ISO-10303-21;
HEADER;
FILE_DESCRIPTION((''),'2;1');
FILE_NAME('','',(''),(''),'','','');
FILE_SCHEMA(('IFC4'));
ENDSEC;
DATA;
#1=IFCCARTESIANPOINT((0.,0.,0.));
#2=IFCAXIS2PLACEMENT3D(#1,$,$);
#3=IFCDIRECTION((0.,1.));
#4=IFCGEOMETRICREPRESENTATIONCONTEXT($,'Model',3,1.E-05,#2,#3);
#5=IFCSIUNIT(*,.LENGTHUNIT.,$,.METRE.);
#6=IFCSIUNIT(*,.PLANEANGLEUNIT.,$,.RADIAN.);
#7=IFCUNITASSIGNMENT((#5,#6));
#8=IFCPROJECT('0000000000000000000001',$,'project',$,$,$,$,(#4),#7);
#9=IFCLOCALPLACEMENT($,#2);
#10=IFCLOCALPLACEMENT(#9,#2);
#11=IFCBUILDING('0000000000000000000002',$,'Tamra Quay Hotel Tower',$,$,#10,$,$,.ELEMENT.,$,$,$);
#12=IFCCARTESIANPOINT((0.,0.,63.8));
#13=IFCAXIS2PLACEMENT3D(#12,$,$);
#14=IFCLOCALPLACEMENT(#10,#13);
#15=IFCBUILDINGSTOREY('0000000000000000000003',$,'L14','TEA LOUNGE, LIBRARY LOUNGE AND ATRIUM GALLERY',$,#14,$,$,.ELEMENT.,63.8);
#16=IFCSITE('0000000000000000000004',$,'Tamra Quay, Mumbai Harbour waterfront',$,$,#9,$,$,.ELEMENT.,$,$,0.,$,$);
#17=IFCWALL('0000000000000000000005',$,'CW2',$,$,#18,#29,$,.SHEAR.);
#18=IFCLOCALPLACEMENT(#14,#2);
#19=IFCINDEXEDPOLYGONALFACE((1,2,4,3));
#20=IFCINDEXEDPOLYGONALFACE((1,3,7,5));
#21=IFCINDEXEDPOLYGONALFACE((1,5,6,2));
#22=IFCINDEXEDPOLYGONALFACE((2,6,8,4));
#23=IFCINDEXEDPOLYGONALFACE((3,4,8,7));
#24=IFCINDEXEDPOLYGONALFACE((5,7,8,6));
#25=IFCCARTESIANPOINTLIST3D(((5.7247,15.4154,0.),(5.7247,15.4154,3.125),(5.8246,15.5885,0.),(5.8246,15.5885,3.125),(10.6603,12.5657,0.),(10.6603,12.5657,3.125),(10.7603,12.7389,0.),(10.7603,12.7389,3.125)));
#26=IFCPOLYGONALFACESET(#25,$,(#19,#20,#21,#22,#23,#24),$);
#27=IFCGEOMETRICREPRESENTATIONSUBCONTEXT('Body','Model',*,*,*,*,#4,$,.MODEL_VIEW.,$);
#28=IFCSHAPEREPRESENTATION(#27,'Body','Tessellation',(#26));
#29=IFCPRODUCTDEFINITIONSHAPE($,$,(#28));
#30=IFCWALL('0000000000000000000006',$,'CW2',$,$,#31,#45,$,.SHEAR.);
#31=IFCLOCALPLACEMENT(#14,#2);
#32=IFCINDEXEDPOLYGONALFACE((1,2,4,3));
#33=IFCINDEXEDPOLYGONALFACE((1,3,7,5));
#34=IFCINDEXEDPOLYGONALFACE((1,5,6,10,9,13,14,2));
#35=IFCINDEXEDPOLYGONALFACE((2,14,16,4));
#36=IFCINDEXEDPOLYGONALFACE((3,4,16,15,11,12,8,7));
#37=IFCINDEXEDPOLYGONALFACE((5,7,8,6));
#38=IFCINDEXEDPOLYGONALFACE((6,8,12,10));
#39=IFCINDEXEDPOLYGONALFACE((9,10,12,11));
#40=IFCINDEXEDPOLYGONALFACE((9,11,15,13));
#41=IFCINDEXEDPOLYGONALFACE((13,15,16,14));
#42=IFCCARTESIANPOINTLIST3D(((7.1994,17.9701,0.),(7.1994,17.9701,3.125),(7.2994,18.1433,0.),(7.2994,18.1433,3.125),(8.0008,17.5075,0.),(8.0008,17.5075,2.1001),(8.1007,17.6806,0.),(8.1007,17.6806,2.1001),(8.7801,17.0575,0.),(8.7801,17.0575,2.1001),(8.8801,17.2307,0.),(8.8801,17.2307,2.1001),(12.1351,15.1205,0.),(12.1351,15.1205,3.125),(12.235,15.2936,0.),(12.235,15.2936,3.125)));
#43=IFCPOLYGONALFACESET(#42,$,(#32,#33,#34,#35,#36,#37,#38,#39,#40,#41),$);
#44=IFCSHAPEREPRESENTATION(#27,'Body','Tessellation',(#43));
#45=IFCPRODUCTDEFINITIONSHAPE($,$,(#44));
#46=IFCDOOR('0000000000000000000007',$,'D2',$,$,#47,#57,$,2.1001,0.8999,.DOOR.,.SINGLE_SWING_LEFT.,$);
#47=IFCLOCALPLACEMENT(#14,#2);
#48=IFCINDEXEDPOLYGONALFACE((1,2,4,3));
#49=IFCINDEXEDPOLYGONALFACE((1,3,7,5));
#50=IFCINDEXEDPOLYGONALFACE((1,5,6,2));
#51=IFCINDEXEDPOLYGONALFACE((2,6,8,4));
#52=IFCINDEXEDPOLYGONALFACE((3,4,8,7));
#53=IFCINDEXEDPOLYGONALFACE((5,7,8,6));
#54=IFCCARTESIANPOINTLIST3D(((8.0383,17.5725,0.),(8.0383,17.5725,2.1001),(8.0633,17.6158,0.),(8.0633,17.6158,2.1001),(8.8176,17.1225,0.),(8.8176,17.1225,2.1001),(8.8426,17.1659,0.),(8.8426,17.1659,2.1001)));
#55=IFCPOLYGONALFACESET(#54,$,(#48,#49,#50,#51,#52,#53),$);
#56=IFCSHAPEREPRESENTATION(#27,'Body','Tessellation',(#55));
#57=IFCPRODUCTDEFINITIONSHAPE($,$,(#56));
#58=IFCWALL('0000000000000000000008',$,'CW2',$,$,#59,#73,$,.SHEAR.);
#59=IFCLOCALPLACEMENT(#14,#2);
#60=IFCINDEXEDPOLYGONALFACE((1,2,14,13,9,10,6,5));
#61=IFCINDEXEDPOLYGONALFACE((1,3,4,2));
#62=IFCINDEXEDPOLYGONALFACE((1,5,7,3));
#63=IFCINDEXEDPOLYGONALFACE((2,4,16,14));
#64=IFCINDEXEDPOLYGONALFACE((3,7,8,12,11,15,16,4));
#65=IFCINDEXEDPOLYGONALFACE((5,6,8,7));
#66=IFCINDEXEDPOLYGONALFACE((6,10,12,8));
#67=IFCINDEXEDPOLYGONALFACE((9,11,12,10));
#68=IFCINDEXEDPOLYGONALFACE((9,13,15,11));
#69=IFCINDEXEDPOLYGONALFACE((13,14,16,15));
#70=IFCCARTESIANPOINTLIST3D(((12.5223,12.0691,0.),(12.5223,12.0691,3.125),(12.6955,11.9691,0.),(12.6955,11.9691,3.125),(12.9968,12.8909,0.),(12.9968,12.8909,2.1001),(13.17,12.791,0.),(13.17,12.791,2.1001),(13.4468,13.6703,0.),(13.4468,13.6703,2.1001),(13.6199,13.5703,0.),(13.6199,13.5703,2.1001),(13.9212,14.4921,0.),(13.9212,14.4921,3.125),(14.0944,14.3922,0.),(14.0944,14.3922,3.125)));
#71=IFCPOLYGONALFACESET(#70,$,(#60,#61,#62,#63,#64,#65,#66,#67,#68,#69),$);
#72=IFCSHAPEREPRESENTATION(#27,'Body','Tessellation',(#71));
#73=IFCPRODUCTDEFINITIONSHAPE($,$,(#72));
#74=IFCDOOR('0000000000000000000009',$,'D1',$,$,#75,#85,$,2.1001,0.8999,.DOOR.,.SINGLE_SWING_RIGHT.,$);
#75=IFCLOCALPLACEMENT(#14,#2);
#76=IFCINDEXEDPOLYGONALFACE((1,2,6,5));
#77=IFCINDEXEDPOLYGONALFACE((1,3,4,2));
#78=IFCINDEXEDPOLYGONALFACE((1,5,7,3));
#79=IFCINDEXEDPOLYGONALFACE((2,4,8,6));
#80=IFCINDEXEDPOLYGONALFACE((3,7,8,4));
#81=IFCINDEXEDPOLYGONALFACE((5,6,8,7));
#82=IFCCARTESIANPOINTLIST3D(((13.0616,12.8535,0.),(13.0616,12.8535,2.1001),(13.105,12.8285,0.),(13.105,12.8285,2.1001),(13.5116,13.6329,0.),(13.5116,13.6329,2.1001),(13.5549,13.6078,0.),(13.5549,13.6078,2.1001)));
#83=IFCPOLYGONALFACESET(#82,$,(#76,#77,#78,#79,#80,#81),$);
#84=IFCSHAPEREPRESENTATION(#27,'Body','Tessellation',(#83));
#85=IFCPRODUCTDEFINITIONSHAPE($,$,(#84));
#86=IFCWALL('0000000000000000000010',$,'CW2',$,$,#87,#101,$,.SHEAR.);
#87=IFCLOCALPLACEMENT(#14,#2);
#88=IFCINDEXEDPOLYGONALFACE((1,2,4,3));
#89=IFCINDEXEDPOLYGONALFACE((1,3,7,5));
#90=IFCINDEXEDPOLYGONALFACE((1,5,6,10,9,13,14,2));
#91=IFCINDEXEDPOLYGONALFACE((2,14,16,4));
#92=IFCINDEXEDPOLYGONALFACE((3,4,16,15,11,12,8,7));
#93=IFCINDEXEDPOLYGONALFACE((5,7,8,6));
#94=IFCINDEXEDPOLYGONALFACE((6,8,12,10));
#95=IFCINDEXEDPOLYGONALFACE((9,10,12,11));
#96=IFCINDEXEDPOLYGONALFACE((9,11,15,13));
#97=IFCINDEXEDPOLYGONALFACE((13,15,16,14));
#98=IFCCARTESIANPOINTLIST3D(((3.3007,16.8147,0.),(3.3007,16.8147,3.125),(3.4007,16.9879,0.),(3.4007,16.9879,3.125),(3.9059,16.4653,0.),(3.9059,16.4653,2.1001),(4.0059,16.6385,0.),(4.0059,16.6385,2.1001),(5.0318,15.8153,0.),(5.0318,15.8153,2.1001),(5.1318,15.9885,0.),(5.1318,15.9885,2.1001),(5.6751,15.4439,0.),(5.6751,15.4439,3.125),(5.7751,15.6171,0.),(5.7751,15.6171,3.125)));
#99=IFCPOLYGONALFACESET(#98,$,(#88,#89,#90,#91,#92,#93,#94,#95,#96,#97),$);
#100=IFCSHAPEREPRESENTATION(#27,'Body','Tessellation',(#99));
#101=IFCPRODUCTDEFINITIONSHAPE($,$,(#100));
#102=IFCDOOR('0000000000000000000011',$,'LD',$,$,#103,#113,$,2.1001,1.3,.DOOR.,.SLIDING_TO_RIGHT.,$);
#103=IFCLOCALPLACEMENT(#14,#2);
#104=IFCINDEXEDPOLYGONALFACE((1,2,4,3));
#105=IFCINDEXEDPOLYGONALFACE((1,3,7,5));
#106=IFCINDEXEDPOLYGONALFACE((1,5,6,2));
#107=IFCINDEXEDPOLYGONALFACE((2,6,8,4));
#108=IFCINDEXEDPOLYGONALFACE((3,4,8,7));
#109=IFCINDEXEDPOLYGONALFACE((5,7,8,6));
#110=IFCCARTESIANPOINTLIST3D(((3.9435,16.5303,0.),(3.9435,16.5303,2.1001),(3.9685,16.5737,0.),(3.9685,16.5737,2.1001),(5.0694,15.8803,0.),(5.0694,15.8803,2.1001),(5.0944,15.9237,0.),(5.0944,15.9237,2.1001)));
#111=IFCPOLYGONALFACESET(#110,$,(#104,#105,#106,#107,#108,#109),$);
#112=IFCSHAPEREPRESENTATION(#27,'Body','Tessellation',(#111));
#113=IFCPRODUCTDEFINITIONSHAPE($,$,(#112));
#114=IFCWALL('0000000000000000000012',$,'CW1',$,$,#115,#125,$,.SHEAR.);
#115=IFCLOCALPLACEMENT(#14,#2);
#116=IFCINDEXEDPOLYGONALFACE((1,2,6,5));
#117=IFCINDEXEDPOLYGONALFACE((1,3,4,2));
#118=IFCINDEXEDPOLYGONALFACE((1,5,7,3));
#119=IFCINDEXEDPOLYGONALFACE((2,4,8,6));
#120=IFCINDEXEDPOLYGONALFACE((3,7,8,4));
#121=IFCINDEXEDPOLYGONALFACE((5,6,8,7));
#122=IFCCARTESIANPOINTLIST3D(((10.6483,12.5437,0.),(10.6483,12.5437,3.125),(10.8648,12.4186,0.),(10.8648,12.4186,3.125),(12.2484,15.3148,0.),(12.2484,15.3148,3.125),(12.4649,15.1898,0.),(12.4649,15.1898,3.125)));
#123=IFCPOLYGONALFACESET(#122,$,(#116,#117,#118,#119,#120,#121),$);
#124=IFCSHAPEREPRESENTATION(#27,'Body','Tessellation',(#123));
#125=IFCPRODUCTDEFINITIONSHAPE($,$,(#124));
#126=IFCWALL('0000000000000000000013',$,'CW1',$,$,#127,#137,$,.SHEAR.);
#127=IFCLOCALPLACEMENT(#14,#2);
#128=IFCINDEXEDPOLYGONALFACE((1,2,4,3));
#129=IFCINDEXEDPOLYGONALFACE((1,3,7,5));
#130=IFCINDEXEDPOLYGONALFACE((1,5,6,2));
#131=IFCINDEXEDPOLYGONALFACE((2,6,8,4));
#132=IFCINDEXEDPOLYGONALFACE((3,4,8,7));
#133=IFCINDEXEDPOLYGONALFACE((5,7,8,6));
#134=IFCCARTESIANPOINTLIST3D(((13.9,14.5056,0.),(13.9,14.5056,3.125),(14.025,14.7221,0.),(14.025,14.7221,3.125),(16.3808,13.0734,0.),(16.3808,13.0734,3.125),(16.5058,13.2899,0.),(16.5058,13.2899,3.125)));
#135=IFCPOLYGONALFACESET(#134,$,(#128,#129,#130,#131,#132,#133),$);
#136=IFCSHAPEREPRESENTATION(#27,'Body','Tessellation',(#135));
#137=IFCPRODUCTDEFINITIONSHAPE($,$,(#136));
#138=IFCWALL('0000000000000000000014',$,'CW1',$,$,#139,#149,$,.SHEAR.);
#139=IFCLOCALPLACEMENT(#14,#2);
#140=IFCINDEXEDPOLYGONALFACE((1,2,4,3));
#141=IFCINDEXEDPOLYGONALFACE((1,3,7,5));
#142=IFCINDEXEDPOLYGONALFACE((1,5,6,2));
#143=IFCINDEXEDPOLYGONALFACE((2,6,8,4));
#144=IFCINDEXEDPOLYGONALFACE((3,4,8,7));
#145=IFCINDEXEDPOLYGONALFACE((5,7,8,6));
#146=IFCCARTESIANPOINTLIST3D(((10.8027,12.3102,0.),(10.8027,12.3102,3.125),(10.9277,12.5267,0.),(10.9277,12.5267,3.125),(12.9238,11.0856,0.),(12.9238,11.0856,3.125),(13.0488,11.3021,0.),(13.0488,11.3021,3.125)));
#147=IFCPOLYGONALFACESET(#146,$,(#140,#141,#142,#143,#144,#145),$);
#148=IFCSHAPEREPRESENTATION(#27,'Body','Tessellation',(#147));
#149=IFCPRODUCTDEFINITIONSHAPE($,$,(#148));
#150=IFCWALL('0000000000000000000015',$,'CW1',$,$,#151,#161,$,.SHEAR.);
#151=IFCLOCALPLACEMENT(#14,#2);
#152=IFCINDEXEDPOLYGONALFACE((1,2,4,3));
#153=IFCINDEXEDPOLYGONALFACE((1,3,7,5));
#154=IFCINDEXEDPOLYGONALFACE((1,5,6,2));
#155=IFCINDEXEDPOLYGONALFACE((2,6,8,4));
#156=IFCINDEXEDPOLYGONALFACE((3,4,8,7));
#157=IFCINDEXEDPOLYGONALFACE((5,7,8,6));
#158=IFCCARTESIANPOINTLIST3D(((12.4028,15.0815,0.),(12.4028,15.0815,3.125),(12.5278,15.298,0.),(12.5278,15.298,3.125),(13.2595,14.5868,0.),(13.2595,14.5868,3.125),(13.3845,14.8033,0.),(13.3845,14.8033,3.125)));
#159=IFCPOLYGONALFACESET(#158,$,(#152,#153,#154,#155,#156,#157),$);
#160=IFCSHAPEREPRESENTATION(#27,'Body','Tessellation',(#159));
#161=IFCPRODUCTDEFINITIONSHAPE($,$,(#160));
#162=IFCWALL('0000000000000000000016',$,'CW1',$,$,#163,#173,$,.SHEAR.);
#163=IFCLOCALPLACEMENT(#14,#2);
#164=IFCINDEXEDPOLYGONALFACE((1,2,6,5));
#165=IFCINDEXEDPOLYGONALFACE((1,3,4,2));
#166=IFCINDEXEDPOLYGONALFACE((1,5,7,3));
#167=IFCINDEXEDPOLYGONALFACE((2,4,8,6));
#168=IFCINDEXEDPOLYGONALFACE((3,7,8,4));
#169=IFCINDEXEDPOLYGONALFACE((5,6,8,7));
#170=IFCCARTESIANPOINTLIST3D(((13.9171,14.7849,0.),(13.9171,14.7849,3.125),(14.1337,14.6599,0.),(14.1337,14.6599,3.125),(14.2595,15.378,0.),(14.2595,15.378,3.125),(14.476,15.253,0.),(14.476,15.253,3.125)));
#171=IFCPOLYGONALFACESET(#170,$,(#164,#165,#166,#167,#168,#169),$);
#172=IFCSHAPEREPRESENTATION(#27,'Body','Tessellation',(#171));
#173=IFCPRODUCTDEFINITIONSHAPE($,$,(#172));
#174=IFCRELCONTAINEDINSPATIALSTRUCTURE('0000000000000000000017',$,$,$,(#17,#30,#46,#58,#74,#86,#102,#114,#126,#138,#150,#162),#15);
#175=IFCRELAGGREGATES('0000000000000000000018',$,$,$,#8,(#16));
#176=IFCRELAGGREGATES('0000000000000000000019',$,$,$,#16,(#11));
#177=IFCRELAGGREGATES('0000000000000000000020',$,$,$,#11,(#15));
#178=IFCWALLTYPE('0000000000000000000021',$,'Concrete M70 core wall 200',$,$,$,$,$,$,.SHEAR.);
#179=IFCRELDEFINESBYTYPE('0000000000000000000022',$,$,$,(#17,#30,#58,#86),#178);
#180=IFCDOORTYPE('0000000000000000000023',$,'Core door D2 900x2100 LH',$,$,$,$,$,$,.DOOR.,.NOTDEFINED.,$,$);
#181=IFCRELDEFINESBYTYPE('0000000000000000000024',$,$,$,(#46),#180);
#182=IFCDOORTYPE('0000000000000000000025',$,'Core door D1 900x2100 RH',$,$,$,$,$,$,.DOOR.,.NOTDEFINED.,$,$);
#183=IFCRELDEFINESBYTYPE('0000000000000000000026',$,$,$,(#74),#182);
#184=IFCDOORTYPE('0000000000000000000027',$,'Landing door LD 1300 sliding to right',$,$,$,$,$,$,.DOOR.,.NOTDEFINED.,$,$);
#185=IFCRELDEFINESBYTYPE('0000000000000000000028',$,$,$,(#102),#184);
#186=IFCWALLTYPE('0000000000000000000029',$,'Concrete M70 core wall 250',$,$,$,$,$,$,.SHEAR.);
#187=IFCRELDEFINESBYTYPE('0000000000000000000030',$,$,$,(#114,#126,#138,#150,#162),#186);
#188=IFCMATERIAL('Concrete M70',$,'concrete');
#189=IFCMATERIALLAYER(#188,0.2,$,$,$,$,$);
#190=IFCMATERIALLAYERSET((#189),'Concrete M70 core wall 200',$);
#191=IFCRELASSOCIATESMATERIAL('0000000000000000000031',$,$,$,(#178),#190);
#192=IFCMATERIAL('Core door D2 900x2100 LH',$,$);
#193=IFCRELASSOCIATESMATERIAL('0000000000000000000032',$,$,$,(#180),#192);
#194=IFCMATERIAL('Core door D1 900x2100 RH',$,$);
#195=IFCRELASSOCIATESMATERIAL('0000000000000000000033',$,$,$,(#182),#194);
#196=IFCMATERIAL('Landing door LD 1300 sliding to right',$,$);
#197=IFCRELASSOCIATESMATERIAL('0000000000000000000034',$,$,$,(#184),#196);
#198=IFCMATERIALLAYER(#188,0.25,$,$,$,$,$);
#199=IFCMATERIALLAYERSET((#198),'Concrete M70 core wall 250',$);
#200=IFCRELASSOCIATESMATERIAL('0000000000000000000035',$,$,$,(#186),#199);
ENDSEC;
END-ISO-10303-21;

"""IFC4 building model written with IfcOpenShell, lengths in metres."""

from ifc_helpers import new_model, si_unit, direction, frame, frame_2d, origin, place, context, subcontext, project, spatial, rectangle, extrude, material, layer, layer_set, type_object, element, fill, save


model = new_model("IFC4")

# Units and contexts
model_context = context("Model", 3, precision=1e-05, world=origin(), true_north=direction((0.0, 1.0)))
body_context = subcontext(model_context, "Body", "Model", "MODEL_VIEW")
ifc_project = project(units=[si_unit("LENGTHUNIT", "METRE"), si_unit("PLANEANGLEUNIT", "RADIAN")], contexts=[model_context])

# Site, building, storey
site_placement = place(None, origin())
site = spatial("IfcSite", under=ifc_project, at=site_placement, Name="Tamra Quay, Mumbai Harbour waterfront", CompositionType="ELEMENT", RefElevation=0.0)
building_placement = place(site_placement, origin())
building = spatial("IfcBuilding", under=site, at=building_placement, Name="Tamra Quay Hotel Tower", CompositionType="ELEMENT")
storey_placement = place(building_placement, frame((0.0, 0.0, 63.8)))
storey = spatial("IfcBuildingStorey", under=building, at=storey_placement, Name="L14", Description="TEA LOUNGE, LIBRARY LOUNGE AND ATRIUM GALLERY", CompositionType="ELEMENT", Elevation=63.8)

# Wall
ifc_material_1 = material(Name="Concrete M70", Category="concrete")
ifc_layer_1 = layer(ifc_material_1, 0.2)
ifc_layer_set_1 = layer_set([ifc_layer_1], Name="Concrete M70 core wall 200")
wall_type_1 = type_object("IfcWallType", Name="Concrete M70 core wall 200", PredefinedType="SHEAR", material=ifc_layer_set_1)
wall_1_placement = place(storey_placement, frame((5.7747, 15.502, 0.0), z_axis=(0.0, 0.0, 1.0), x_axis=(0.86602, -0.500009, 0.0)))
element("IfcWall", 1, at=wall_1_placement, inside=storey, type_object=wall_type_1, Name="CW2", PredefinedType="SHEAR", context=body_context, shape_type="SweptSolid", body=[
    extrude(rectangle(XDim=5.6992, YDim=0.2, at=frame_2d((2.8496, 0.0))), origin(), (0.0, 0.0, 1.0), 3.125),
])

# Walls, openings, doors
wall_2_placement = place(storey_placement, frame((12.1851, 15.207, 0.0), z_axis=(0.0, 0.0, 1.0), x_axis=(-0.86602, 0.500009, 0.0)))
wall_2 = element("IfcWall", 2, at=wall_2_placement, inside=storey, type_object=wall_type_1, Name="CW2", PredefinedType="SHEAR", context=body_context, shape_type="SweptSolid", body=[
    extrude(rectangle(XDim=5.6992, YDim=0.2, at=frame_2d((2.8496, 0.0))), origin(), (0.0, 0.0, 1.0), 3.125),
])
opening_1_placement = place(wall_2_placement, frame((3.874, 0.0, 0.0)))
opening_1 = element("IfcOpeningElement", 3, at=opening_1_placement, cuts=wall_2, PredefinedType="OPENING", context=body_context, shape_type="SweptSolid", body=[
    extrude(rectangle(XDim=0.8999, YDim=2.1001, at=frame_2d((0.45, 1.05))), frame((0.0, 0.1099, 0.0), z_axis=(0.0, -1.0, 0.0), x_axis=(1.0, 0.0, 0.0)), (0.0, 0.0, 1.0), 0.22),
])
ifc_material_2 = material(Name="Core door D2 900x2100 LH")
door_type_1 = type_object("IfcDoorType", Name="Core door D2 900x2100 LH", OperationType="NOTDEFINED", PredefinedType="DOOR", material=ifc_material_2)
door_1_placement = place(opening_1_placement, origin())
door_1 = element("IfcDoor", 4, at=door_1_placement, inside=storey, type_object=door_type_1, Name="D2", OperationType="SINGLE_SWING_LEFT", OverallHeight=2.1001, OverallWidth=0.8999, PredefinedType="DOOR", context=body_context, shape_type="SweptSolid", body=[
    extrude(rectangle(XDim=0.8999, YDim=2.1001, at=frame_2d((0.45, 1.05))), frame((0.0, 0.0249, 0.0), z_axis=(0.0, -1.0, 0.0), x_axis=(1.0, 0.0, 0.0)), (0.0, 0.0, 1.0), 0.05),
])
fill(opening_1, door_1)
wall_3_placement = place(storey_placement, frame((14.0078, 14.4421, 0.0), z_axis=(0.0, 0.0, 1.0), x_axis=(-0.499987, -0.866033, 0.0)))
wall_3 = element("IfcWall", 5, at=wall_3_placement, inside=storey, type_object=wall_type_1, Name="CW2", PredefinedType="SHEAR", context=body_context, shape_type="SweptSolid", body=[
    extrude(rectangle(XDim=2.7979, YDim=0.2, at=frame_2d((1.3989, 0.0))), origin(), (0.0, 0.0, 1.0), 3.125),
])
opening_2_placement = place(wall_3_placement, frame((0.949, 0.0, 0.0)))
opening_2 = element("IfcOpeningElement", 6, at=opening_2_placement, cuts=wall_3, PredefinedType="OPENING", context=body_context, shape_type="SweptSolid", body=[
    extrude(rectangle(XDim=0.8999, YDim=2.1001, at=frame_2d((0.45, 1.05))), frame((0.0, 0.1099, 0.0), z_axis=(0.0, -1.0, 0.0), x_axis=(1.0, 0.0, 0.0)), (0.0, 0.0, 1.0), 0.22),
])
ifc_material_3 = material(Name="Core door D1 900x2100 RH")
door_type_2 = type_object("IfcDoorType", Name="Core door D1 900x2100 RH", OperationType="NOTDEFINED", PredefinedType="DOOR", material=ifc_material_3)
door_2_placement = place(opening_2_placement, origin())
door_2 = element("IfcDoor", 7, at=door_2_placement, inside=storey, type_object=door_type_2, Name="D1", OperationType="SINGLE_SWING_RIGHT", OverallHeight=2.1001, OverallWidth=0.8999, PredefinedType="DOOR", context=body_context, shape_type="SweptSolid", body=[
    extrude(rectangle(XDim=0.8999, YDim=2.1001, at=frame_2d((0.45, 1.05))), frame((0.0, 0.0249, 0.0), z_axis=(0.0, -1.0, 0.0), x_axis=(1.0, 0.0, 0.0)), (0.0, 0.0, 1.0), 0.05),
])
fill(opening_2, door_2)
wall_4_placement = place(storey_placement, frame((5.7251, 15.5305, 0.0), z_axis=(0.0, 0.0, 1.0), x_axis=(-0.866037, 0.499979, 0.0)))
wall_4 = element("IfcWall", 8, at=wall_4_placement, inside=storey, type_object=wall_type_1, Name="CW2", PredefinedType="SHEAR", context=body_context, shape_type="SweptSolid", body=[
    extrude(rectangle(XDim=2.7417, YDim=0.2, at=frame_2d((1.3708, 0.0))), origin(), (0.0, 0.0, 1.0), 3.125),
])
opening_3_placement = place(wall_4_placement, frame((0.7429, 0.0, 0.0)))
opening_3 = element("IfcOpeningElement", 9, at=opening_3_placement, cuts=wall_4, PredefinedType="OPENING", context=body_context, shape_type="SweptSolid", body=[
    extrude(rectangle(XDim=1.3, YDim=2.1001, at=frame_2d((0.6499, 1.05))), frame((0.0, 0.1099, 0.0), z_axis=(0.0, -1.0, 0.0), x_axis=(1.0, 0.0, 0.0)), (0.0, 0.0, 1.0), 0.22),
])
ifc_material_4 = material(Name="Landing door LD 1300 sliding to right")
door_type_3 = type_object("IfcDoorType", Name="Landing door LD 1300 sliding to right", OperationType="NOTDEFINED", PredefinedType="DOOR", material=ifc_material_4)
door_3_placement = place(opening_3_placement, origin())
door_3 = element("IfcDoor", 10, at=door_3_placement, inside=storey, type_object=door_type_3, Name="LD", OperationType="SLIDING_TO_RIGHT", OverallHeight=2.1001, OverallWidth=1.3, PredefinedType="DOOR", context=body_context, shape_type="SweptSolid", body=[
    extrude(rectangle(XDim=1.3, YDim=2.1001, at=frame_2d((0.6499, 1.05))), frame((0.0, 0.0249, 0.0), z_axis=(0.0, -1.0, 0.0), x_axis=(1.0, 0.0, 0.0)), (0.0, 0.0, 1.0), 0.05),
])
fill(opening_3, door_3)

# Walls
ifc_layer_2 = layer(ifc_material_1, 0.25)
ifc_layer_set_2 = layer_set([ifc_layer_2], Name="Concrete M70 core wall 250")
wall_type_2 = type_object("IfcWallType", Name="Concrete M70 core wall 250", PredefinedType="SHEAR", material=ifc_layer_set_2)
wall_5_placement = place(storey_placement, frame((12.3567, 15.2524, 0.0), z_axis=(0.0, 0.0, 1.0), x_axis=(-0.500028, -0.866009, 0.0)))
element("IfcWall", 11, at=wall_5_placement, inside=storey, type_object=wall_type_2, Name="CW1", PredefinedType="SHEAR", context=body_context, shape_type="SweptSolid", body=[
    extrude(rectangle(XDim=3.2, YDim=0.25, at=frame_2d((1.6001, 0.0))), origin(), (0.0, 0.0, 1.0), 3.125),
])
wall_6_placement = place(storey_placement, frame((13.9626, 14.6138, 0.0), z_axis=(0.0, 0.0, 1.0), x_axis=(0.866042, -0.499971, 0.0)))
element("IfcWall", 12, at=wall_6_placement, inside=storey, type_object=wall_type_2, Name="CW1", PredefinedType="SHEAR", context=body_context, shape_type="SweptSolid", body=[
    extrude(rectangle(XDim=2.8645, YDim=0.25, at=frame_2d((1.4321, 0.0))), origin(), (0.0, 0.0, 1.0), 3.125),
])
wall_7_placement = place(storey_placement, frame((10.8652, 12.4185, 0.0), z_axis=(0.0, 0.0, 1.0), x_axis=(0.866026, -0.499999, 0.0)))
element("IfcWall", 13, at=wall_7_placement, inside=storey, type_object=wall_type_2, Name="CW1", PredefinedType="SHEAR", context=body_context, shape_type="SweptSolid", body=[
    extrude(rectangle(XDim=2.4492, YDim=0.25, at=frame_2d((1.2246, 0.0))), origin(), (0.0, 0.0, 1.0), 3.125),
])
wall_8_placement = place(storey_placement, frame((13.322, 14.6951, 0.0), z_axis=(0.0, 0.0, 1.0), x_axis=(-0.866017, 0.500014, 0.0)))
element("IfcWall", 14, at=wall_8_placement, inside=storey, type_object=wall_type_2, Name="CW1", PredefinedType="SHEAR", context=body_context, shape_type="SweptSolid", body=[
    extrude(rectangle(XDim=0.9893, YDim=0.25, at=frame_2d((0.4946, 0.0))), origin(), (0.0, 0.0, 1.0), 3.125),
])
wall_9_placement = place(storey_placement, frame((14.3677, 15.3154, 0.0), z_axis=(0.0, 0.0, 1.0), x_axis=(-0.499897, -0.866085, 0.0)))
element("IfcWall", 15, at=wall_9_placement, inside=storey, type_object=wall_type_2, Name="CW1", PredefinedType="SHEAR", context=body_context, shape_type="SweptSolid", body=[
    extrude(rectangle(XDim=0.6848, YDim=0.25, at=frame_2d((0.3423, 0.0))), origin(), (0.0, 0.0, 1.0), 3.125),
])

save(model, "model.ifc")
